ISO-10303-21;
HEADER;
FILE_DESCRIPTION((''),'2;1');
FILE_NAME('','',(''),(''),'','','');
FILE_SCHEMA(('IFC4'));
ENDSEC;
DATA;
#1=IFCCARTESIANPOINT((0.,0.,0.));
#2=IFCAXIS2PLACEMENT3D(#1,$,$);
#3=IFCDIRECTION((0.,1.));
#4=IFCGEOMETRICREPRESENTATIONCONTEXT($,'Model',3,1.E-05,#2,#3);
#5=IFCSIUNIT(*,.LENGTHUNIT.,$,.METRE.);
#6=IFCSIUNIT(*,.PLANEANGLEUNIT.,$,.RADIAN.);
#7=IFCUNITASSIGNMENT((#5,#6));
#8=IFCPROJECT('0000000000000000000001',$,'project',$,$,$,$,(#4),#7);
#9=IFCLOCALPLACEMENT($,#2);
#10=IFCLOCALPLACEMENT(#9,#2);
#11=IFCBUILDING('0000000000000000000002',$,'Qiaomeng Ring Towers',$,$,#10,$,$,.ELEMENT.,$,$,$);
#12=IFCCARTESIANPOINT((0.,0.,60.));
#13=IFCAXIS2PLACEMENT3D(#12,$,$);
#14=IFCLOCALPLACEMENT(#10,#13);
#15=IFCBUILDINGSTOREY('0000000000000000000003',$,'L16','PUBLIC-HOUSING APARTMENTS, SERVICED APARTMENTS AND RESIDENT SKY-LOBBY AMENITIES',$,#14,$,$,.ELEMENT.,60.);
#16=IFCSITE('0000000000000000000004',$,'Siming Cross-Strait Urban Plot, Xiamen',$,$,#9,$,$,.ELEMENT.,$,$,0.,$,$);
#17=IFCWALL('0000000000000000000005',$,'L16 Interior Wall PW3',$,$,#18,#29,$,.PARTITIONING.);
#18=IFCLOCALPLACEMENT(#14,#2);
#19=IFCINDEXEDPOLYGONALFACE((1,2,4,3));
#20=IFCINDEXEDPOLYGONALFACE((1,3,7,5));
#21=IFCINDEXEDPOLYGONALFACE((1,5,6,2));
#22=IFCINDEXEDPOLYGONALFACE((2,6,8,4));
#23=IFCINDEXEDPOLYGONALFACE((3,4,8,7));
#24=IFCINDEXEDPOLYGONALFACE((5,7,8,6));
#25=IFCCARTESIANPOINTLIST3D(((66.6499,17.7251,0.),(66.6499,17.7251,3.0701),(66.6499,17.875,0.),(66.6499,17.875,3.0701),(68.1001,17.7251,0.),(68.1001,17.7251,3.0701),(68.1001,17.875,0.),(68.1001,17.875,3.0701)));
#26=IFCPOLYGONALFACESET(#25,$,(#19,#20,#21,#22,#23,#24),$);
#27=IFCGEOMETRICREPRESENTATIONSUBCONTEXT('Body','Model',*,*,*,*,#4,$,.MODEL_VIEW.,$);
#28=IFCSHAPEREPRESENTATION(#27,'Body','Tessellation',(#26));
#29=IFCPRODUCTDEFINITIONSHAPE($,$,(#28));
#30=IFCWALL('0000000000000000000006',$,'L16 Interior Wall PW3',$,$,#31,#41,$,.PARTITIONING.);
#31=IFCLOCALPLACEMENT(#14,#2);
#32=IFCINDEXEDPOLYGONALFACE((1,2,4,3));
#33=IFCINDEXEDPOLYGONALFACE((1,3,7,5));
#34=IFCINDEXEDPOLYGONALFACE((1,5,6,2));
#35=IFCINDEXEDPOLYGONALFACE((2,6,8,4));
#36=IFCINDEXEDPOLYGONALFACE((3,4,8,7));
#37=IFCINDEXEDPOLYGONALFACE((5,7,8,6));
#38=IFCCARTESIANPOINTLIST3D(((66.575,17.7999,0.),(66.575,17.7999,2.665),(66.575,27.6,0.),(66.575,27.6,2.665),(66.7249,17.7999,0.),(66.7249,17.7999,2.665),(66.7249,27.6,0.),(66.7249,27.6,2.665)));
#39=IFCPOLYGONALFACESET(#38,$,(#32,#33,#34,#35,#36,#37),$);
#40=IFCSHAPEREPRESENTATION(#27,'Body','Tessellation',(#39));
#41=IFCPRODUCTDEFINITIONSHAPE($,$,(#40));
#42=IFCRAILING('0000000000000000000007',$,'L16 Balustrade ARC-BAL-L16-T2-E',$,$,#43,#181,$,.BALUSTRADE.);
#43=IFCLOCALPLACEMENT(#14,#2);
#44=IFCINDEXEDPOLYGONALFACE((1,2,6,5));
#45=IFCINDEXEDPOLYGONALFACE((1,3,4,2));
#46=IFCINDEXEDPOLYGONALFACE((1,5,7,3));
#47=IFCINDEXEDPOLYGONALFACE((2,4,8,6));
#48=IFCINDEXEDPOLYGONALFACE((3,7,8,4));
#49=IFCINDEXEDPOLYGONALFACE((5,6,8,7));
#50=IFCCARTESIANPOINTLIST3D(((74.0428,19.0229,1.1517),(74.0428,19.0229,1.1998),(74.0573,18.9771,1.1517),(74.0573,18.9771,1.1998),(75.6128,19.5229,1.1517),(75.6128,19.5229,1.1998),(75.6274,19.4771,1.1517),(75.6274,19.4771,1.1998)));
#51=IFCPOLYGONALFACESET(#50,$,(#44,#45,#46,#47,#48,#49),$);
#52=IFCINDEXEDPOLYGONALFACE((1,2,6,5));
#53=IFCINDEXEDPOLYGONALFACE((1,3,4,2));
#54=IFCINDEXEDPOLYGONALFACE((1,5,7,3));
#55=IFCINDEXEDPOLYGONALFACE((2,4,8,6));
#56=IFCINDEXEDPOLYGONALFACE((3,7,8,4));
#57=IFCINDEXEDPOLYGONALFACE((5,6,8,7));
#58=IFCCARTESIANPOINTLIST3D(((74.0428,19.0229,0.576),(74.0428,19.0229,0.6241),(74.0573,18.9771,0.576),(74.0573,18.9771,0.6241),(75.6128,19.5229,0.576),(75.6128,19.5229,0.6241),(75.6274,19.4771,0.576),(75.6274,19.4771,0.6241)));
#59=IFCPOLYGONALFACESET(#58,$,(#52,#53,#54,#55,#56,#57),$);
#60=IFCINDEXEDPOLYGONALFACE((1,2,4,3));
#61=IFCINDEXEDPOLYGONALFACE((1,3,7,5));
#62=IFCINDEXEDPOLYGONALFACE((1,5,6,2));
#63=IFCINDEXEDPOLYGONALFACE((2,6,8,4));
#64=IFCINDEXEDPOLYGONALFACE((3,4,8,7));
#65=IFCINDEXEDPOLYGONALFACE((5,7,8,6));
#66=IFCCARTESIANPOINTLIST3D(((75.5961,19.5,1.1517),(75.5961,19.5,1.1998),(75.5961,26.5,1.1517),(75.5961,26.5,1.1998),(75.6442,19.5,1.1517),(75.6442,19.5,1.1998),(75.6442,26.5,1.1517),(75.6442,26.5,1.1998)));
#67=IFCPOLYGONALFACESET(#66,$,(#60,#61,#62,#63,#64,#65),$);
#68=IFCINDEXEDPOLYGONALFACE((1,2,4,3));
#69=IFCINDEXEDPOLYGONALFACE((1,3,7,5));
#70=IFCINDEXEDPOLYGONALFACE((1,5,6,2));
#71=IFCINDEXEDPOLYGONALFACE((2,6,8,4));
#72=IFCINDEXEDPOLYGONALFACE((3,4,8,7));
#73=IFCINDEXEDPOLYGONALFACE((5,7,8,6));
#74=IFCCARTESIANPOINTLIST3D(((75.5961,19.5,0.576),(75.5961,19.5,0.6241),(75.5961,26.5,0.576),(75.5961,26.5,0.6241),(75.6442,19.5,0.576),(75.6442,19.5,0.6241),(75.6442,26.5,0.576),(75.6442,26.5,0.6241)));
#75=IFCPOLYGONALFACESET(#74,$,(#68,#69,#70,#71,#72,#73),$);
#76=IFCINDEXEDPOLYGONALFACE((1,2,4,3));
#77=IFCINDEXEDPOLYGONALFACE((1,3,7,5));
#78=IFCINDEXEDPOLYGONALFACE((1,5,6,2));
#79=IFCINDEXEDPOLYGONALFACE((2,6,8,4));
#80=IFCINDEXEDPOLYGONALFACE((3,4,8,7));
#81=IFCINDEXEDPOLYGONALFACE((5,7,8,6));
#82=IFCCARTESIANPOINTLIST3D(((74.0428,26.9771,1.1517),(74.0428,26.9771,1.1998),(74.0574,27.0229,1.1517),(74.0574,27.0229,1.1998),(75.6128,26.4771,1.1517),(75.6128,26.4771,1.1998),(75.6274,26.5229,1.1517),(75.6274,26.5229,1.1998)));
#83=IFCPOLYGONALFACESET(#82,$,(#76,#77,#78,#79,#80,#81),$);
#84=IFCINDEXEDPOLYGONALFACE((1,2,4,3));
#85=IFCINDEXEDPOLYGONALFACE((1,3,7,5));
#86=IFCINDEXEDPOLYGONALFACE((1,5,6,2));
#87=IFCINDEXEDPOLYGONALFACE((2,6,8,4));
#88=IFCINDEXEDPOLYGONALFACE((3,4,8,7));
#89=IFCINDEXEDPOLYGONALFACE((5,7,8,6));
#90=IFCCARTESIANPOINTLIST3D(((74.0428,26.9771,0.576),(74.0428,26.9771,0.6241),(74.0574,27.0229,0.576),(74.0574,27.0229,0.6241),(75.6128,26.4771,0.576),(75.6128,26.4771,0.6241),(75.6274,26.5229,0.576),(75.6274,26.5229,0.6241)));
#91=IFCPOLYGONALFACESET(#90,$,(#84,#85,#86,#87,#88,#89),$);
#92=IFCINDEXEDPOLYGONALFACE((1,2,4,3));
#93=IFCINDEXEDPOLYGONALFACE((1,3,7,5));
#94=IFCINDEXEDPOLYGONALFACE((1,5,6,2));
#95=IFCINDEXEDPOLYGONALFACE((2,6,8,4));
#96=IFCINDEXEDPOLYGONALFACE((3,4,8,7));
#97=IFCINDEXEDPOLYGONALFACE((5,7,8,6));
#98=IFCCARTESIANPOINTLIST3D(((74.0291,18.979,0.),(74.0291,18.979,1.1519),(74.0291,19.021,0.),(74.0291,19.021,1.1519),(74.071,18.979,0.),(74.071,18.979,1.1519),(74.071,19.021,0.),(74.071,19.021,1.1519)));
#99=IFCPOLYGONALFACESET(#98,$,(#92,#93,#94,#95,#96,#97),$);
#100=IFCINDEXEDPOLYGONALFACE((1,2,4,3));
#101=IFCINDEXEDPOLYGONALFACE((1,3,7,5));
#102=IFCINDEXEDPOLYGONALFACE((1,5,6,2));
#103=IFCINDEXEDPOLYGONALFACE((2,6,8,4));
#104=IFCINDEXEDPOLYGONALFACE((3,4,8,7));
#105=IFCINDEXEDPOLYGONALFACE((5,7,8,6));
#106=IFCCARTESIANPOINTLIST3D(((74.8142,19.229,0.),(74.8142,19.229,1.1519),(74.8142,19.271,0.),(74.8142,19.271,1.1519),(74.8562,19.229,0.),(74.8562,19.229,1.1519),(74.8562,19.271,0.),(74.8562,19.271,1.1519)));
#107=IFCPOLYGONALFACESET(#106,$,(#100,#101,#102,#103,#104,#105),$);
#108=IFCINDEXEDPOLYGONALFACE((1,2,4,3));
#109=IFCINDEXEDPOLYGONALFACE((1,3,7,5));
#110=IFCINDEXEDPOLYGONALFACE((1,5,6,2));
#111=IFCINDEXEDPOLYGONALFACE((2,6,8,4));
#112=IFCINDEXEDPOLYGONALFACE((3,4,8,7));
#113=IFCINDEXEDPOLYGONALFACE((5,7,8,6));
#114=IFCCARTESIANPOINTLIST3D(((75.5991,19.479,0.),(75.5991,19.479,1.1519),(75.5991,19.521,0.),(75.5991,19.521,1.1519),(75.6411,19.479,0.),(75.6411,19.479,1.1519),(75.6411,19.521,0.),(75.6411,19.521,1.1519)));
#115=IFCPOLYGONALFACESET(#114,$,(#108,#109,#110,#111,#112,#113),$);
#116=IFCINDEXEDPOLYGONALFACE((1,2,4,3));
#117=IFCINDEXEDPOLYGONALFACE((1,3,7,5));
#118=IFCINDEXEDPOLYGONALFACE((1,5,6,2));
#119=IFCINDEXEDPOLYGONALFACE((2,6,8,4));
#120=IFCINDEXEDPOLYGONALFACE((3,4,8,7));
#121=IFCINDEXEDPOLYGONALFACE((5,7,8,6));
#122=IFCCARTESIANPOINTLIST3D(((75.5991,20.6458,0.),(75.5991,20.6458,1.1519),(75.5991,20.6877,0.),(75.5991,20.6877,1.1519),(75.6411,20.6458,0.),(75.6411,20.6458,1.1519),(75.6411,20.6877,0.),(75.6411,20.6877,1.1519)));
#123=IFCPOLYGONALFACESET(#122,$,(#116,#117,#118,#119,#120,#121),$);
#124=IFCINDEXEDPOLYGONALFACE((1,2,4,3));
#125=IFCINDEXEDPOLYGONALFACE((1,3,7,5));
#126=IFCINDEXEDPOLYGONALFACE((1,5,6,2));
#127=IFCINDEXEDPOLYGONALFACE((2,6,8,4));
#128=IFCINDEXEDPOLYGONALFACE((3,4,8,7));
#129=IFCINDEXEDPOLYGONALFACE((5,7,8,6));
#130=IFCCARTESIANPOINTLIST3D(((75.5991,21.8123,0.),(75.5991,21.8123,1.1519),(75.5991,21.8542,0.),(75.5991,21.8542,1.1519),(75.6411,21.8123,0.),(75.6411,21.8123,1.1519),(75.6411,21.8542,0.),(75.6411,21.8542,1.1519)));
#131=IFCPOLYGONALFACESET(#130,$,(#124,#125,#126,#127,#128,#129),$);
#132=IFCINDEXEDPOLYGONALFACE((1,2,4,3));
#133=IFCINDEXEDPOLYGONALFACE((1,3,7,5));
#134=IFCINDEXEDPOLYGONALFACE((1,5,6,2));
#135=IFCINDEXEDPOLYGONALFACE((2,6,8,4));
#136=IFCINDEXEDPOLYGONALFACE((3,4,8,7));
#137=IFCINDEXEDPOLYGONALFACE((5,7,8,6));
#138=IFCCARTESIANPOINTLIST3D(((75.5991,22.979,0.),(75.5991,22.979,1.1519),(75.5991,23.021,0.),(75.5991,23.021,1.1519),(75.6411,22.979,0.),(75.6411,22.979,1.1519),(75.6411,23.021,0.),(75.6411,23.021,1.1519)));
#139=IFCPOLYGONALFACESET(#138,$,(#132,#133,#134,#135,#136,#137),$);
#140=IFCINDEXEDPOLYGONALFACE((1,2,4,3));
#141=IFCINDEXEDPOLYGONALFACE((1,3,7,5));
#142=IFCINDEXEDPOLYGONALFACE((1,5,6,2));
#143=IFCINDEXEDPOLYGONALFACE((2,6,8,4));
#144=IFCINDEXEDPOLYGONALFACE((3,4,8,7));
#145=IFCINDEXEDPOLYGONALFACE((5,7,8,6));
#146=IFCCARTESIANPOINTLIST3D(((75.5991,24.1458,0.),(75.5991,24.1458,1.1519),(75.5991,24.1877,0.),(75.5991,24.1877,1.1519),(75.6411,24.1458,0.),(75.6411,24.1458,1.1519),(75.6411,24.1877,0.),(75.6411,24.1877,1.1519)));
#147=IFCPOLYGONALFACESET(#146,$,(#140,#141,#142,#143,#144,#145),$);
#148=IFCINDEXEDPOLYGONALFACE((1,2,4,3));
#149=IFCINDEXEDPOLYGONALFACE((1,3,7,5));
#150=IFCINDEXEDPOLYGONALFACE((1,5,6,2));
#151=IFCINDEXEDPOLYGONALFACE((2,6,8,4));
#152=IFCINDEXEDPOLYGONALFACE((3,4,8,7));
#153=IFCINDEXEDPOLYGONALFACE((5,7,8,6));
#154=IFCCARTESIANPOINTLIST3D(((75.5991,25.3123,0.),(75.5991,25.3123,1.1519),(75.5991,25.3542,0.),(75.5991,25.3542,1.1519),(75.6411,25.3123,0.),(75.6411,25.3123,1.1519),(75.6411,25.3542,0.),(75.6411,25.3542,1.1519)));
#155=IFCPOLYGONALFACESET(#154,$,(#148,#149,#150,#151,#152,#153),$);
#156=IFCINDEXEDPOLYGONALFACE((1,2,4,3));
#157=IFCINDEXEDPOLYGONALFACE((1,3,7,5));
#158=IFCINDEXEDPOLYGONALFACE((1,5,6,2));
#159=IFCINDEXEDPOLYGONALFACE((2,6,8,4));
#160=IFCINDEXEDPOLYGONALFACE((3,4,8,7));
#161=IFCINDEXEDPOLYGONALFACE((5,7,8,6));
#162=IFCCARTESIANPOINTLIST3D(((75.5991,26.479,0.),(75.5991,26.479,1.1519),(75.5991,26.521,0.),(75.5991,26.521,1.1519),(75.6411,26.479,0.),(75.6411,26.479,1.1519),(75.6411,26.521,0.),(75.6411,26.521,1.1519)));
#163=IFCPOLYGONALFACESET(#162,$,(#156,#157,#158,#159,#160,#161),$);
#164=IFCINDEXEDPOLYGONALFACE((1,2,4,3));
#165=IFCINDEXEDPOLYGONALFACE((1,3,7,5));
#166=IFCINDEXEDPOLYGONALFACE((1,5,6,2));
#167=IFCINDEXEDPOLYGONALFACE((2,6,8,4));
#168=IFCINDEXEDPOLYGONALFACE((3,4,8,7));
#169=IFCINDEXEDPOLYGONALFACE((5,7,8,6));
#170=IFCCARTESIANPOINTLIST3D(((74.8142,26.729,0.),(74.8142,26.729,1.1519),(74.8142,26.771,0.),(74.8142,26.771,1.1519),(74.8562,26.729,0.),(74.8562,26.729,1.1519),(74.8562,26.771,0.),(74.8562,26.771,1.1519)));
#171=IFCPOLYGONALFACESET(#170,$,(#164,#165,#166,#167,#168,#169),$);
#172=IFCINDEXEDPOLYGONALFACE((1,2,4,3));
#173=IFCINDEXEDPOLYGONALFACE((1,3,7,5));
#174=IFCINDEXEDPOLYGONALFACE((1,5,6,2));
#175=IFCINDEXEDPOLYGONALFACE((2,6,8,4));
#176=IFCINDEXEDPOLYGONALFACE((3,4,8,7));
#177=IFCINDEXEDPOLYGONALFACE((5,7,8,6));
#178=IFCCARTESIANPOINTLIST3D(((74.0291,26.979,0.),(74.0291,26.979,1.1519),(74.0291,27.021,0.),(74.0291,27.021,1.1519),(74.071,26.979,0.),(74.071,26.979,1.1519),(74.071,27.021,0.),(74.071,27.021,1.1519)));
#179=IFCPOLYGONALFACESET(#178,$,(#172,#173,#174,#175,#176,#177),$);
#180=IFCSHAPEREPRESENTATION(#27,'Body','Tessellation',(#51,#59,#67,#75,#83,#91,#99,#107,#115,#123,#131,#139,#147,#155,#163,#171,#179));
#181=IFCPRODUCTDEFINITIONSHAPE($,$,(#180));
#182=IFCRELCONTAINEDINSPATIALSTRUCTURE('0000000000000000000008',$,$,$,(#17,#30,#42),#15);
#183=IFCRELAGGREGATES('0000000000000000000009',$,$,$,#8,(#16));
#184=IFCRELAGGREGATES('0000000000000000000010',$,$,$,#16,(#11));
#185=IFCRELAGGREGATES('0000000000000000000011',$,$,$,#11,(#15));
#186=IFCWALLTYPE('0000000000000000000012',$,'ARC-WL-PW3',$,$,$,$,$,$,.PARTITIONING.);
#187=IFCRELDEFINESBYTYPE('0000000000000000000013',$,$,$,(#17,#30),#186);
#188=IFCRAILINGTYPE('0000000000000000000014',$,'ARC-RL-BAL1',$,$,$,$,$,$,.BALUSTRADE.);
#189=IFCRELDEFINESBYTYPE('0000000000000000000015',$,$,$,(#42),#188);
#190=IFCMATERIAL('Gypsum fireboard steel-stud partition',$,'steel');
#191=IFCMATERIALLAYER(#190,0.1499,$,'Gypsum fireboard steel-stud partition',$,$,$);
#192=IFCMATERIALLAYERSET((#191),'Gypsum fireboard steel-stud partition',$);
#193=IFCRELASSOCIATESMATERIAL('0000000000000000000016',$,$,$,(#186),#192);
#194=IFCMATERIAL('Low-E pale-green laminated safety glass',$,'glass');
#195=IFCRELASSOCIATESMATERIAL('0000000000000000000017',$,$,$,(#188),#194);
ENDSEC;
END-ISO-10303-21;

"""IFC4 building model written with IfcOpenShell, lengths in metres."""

from ifc_helpers import new_model, si_unit, direction, frame, frame_2d, origin, origin_2d, place, context, subcontext, project, spatial, rectangle, extrude, material, layer, layer_set, type_object, element, save


model = new_model("IFC4")

# Units and contexts
model_context = context("Model", 3, precision=1e-05, world=origin(), true_north=direction((0.0, 1.0)))
body_context = subcontext(model_context, "Body", "Model", "MODEL_VIEW")
ifc_project = project(units=[si_unit("LENGTHUNIT", "METRE"), si_unit("PLANEANGLEUNIT", "RADIAN")], contexts=[model_context])

# Site, building, storey
site_placement = place(None, origin())
site = spatial("IfcSite", under=ifc_project, at=site_placement, Name="Siming Cross-Strait Urban Plot, Xiamen", CompositionType="ELEMENT", RefElevation=0.0)
building_placement = place(site_placement, origin())
building = spatial("IfcBuilding", under=site, at=building_placement, Name="Qiaomeng Ring Towers", CompositionType="ELEMENT")
storey_placement = place(building_placement, frame((0.0, 0.0, 60.0)))
storey = spatial("IfcBuildingStorey", under=building, at=storey_placement, Name="L16", Description="PUBLIC-HOUSING APARTMENTS, SERVICED APARTMENTS AND RESIDENT SKY-LOBBY AMENITIES", CompositionType="ELEMENT", Elevation=60.0)

# Shared definitions
ifc_material_1 = material(Name="Gypsum fireboard steel-stud partition", Category="steel")
ifc_layer_1 = layer(ifc_material_1, 0.1499, Name="Gypsum fireboard steel-stud partition")
ifc_layer_set_1 = layer_set([ifc_layer_1], Name="Gypsum fireboard steel-stud partition")
wall_type_1 = type_object("IfcWallType", Name="ARC-WL-PW3", PredefinedType="PARTITIONING", material=ifc_layer_set_1)

# Walls
wall_1_placement = place(storey_placement, frame((66.6499, 17.8, 0.0), z_axis=(0.0, 0.0, 1.0), x_axis=(1.0, 0.0, 0.0)))
element("IfcWall", 1, at=wall_1_placement, inside=storey, type_object=wall_type_1, Name="L16 Interior Wall PW3", PredefinedType="PARTITIONING", context=body_context, shape_type="SweptSolid", body=[
    extrude(rectangle(XDim=1.4502, YDim=0.1499, at=frame_2d((0.7251, 0.0))), origin(), (0.0, 0.0, 1.0), 3.0701),
])
wall_2_placement = place(storey_placement, frame((66.6499, 17.8, 0.0), z_axis=(0.0, 0.0, 1.0), x_axis=(0.0, 1.0, 0.0)))
element("IfcWall", 2, at=wall_2_placement, inside=storey, type_object=wall_type_1, Name="L16 Interior Wall PW3", PredefinedType="PARTITIONING", context=body_context, shape_type="SweptSolid", body=[
    extrude(rectangle(XDim=9.8, YDim=0.1499, at=frame_2d((4.8999, 0.0))), origin(), (0.0, 0.0, 1.0), 2.665),
])

# Railing
ifc_material_2 = material(Name="Low-E pale-green laminated safety glass", Category="glass")
railing_type = type_object("IfcRailingType", Name="ARC-RL-BAL1", PredefinedType="BALUSTRADE", material=ifc_material_2)
railing_placement = place(storey_placement, frame((74.05, 19.0, 0.0)))
element("IfcRailing", 3, at=railing_placement, inside=storey, type_object=railing_type, Name="L16 Balustrade ARC-BAL-L16-T2-E", PredefinedType="BALUSTRADE", context=body_context, shape_type="SweptSolid", body=[
    extrude(rectangle(XDim=0.0481, YDim=0.0481, at=origin_2d()), frame((0.0, 0.0, 1.1758), z_axis=(0.95285, 0.303442, 0.0), x_axis=(-0.303442, 0.95285, 0.0)), (0.0, 0.0, 1.0), 1.6477),
    extrude(rectangle(XDim=0.0481, YDim=0.0481, at=origin_2d()), frame((0.0, 0.0, 0.6001), z_axis=(0.95285, 0.303442, 0.0), x_axis=(-0.303442, 0.95285, 0.0)), (0.0, 0.0, 1.0), 1.6477),
    extrude(rectangle(XDim=0.0481, YDim=0.0481, at=origin_2d()), frame((1.5701, 0.5, 1.1758), z_axis=(0.0, 1.0, 0.0), x_axis=(-1.0, 0.0, 0.0)), (0.0, 0.0, 1.0), 7.0),
    extrude(rectangle(XDim=0.0481, YDim=0.0481, at=origin_2d()), frame((1.5701, 0.5, 0.6001), z_axis=(0.0, 1.0, 0.0), x_axis=(-1.0, 0.0, 0.0)), (0.0, 0.0, 1.0), 7.0),
    extrude(rectangle(XDim=0.0481, YDim=0.0481, at=origin_2d()), frame((1.5701, 7.5, 1.1758), z_axis=(-0.95285, 0.303442, 0.0), x_axis=(-0.303442, -0.95285, 0.0)), (0.0, 0.0, 1.0), 1.6477),
    extrude(rectangle(XDim=0.0481, YDim=0.0481, at=origin_2d()), frame((1.5701, 7.5, 0.6001), z_axis=(-0.95285, 0.303442, 0.0), x_axis=(-0.303442, -0.95285, 0.0)), (0.0, 0.0, 1.0), 1.6477),
    extrude(rectangle(XDim=0.042, YDim=0.042, at=origin_2d()), origin(), (0.0, 0.0, 1.0), 1.1519),
    extrude(rectangle(XDim=0.042, YDim=0.042, at=origin_2d()), frame((0.7852, 0.25, 0.0)), (0.0, 0.0, 1.0), 1.1519),
    extrude(rectangle(XDim=0.042, YDim=0.042, at=origin_2d()), frame((1.5701, 0.5, 0.0)), (0.0, 0.0, 1.0), 1.1519),
    extrude(rectangle(XDim=0.042, YDim=0.042, at=origin_2d()), frame((1.5701, 1.6667, 0.0)), (0.0, 0.0, 1.0), 1.1519),
    extrude(rectangle(XDim=0.042, YDim=0.042, at=origin_2d()), frame((1.5701, 2.8333, 0.0)), (0.0, 0.0, 1.0), 1.1519),
    extrude(rectangle(XDim=0.042, YDim=0.042, at=origin_2d()), frame((1.5701, 4.0, 0.0)), (0.0, 0.0, 1.0), 1.1519),
    extrude(rectangle(XDim=0.042, YDim=0.042, at=origin_2d()), frame((1.5701, 5.1667, 0.0)), (0.0, 0.0, 1.0), 1.1519),
    extrude(rectangle(XDim=0.042, YDim=0.042, at=origin_2d()), frame((1.5701, 6.3333, 0.0)), (0.0, 0.0, 1.0), 1.1519),
    extrude(rectangle(XDim=0.042, YDim=0.042, at=origin_2d()), frame((1.5701, 7.5, 0.0)), (0.0, 0.0, 1.0), 1.1519),
    extrude(rectangle(XDim=0.042, YDim=0.042, at=origin_2d()), frame((0.7852, 7.75, 0.0)), (0.0, 0.0, 1.0), 1.1519),
    extrude(rectangle(XDim=0.042, YDim=0.042, at=origin_2d()), frame((0.0, 8.0, 0.0)), (0.0, 0.0, 1.0), 1.1519),
])

save(model, "model.ifc")
